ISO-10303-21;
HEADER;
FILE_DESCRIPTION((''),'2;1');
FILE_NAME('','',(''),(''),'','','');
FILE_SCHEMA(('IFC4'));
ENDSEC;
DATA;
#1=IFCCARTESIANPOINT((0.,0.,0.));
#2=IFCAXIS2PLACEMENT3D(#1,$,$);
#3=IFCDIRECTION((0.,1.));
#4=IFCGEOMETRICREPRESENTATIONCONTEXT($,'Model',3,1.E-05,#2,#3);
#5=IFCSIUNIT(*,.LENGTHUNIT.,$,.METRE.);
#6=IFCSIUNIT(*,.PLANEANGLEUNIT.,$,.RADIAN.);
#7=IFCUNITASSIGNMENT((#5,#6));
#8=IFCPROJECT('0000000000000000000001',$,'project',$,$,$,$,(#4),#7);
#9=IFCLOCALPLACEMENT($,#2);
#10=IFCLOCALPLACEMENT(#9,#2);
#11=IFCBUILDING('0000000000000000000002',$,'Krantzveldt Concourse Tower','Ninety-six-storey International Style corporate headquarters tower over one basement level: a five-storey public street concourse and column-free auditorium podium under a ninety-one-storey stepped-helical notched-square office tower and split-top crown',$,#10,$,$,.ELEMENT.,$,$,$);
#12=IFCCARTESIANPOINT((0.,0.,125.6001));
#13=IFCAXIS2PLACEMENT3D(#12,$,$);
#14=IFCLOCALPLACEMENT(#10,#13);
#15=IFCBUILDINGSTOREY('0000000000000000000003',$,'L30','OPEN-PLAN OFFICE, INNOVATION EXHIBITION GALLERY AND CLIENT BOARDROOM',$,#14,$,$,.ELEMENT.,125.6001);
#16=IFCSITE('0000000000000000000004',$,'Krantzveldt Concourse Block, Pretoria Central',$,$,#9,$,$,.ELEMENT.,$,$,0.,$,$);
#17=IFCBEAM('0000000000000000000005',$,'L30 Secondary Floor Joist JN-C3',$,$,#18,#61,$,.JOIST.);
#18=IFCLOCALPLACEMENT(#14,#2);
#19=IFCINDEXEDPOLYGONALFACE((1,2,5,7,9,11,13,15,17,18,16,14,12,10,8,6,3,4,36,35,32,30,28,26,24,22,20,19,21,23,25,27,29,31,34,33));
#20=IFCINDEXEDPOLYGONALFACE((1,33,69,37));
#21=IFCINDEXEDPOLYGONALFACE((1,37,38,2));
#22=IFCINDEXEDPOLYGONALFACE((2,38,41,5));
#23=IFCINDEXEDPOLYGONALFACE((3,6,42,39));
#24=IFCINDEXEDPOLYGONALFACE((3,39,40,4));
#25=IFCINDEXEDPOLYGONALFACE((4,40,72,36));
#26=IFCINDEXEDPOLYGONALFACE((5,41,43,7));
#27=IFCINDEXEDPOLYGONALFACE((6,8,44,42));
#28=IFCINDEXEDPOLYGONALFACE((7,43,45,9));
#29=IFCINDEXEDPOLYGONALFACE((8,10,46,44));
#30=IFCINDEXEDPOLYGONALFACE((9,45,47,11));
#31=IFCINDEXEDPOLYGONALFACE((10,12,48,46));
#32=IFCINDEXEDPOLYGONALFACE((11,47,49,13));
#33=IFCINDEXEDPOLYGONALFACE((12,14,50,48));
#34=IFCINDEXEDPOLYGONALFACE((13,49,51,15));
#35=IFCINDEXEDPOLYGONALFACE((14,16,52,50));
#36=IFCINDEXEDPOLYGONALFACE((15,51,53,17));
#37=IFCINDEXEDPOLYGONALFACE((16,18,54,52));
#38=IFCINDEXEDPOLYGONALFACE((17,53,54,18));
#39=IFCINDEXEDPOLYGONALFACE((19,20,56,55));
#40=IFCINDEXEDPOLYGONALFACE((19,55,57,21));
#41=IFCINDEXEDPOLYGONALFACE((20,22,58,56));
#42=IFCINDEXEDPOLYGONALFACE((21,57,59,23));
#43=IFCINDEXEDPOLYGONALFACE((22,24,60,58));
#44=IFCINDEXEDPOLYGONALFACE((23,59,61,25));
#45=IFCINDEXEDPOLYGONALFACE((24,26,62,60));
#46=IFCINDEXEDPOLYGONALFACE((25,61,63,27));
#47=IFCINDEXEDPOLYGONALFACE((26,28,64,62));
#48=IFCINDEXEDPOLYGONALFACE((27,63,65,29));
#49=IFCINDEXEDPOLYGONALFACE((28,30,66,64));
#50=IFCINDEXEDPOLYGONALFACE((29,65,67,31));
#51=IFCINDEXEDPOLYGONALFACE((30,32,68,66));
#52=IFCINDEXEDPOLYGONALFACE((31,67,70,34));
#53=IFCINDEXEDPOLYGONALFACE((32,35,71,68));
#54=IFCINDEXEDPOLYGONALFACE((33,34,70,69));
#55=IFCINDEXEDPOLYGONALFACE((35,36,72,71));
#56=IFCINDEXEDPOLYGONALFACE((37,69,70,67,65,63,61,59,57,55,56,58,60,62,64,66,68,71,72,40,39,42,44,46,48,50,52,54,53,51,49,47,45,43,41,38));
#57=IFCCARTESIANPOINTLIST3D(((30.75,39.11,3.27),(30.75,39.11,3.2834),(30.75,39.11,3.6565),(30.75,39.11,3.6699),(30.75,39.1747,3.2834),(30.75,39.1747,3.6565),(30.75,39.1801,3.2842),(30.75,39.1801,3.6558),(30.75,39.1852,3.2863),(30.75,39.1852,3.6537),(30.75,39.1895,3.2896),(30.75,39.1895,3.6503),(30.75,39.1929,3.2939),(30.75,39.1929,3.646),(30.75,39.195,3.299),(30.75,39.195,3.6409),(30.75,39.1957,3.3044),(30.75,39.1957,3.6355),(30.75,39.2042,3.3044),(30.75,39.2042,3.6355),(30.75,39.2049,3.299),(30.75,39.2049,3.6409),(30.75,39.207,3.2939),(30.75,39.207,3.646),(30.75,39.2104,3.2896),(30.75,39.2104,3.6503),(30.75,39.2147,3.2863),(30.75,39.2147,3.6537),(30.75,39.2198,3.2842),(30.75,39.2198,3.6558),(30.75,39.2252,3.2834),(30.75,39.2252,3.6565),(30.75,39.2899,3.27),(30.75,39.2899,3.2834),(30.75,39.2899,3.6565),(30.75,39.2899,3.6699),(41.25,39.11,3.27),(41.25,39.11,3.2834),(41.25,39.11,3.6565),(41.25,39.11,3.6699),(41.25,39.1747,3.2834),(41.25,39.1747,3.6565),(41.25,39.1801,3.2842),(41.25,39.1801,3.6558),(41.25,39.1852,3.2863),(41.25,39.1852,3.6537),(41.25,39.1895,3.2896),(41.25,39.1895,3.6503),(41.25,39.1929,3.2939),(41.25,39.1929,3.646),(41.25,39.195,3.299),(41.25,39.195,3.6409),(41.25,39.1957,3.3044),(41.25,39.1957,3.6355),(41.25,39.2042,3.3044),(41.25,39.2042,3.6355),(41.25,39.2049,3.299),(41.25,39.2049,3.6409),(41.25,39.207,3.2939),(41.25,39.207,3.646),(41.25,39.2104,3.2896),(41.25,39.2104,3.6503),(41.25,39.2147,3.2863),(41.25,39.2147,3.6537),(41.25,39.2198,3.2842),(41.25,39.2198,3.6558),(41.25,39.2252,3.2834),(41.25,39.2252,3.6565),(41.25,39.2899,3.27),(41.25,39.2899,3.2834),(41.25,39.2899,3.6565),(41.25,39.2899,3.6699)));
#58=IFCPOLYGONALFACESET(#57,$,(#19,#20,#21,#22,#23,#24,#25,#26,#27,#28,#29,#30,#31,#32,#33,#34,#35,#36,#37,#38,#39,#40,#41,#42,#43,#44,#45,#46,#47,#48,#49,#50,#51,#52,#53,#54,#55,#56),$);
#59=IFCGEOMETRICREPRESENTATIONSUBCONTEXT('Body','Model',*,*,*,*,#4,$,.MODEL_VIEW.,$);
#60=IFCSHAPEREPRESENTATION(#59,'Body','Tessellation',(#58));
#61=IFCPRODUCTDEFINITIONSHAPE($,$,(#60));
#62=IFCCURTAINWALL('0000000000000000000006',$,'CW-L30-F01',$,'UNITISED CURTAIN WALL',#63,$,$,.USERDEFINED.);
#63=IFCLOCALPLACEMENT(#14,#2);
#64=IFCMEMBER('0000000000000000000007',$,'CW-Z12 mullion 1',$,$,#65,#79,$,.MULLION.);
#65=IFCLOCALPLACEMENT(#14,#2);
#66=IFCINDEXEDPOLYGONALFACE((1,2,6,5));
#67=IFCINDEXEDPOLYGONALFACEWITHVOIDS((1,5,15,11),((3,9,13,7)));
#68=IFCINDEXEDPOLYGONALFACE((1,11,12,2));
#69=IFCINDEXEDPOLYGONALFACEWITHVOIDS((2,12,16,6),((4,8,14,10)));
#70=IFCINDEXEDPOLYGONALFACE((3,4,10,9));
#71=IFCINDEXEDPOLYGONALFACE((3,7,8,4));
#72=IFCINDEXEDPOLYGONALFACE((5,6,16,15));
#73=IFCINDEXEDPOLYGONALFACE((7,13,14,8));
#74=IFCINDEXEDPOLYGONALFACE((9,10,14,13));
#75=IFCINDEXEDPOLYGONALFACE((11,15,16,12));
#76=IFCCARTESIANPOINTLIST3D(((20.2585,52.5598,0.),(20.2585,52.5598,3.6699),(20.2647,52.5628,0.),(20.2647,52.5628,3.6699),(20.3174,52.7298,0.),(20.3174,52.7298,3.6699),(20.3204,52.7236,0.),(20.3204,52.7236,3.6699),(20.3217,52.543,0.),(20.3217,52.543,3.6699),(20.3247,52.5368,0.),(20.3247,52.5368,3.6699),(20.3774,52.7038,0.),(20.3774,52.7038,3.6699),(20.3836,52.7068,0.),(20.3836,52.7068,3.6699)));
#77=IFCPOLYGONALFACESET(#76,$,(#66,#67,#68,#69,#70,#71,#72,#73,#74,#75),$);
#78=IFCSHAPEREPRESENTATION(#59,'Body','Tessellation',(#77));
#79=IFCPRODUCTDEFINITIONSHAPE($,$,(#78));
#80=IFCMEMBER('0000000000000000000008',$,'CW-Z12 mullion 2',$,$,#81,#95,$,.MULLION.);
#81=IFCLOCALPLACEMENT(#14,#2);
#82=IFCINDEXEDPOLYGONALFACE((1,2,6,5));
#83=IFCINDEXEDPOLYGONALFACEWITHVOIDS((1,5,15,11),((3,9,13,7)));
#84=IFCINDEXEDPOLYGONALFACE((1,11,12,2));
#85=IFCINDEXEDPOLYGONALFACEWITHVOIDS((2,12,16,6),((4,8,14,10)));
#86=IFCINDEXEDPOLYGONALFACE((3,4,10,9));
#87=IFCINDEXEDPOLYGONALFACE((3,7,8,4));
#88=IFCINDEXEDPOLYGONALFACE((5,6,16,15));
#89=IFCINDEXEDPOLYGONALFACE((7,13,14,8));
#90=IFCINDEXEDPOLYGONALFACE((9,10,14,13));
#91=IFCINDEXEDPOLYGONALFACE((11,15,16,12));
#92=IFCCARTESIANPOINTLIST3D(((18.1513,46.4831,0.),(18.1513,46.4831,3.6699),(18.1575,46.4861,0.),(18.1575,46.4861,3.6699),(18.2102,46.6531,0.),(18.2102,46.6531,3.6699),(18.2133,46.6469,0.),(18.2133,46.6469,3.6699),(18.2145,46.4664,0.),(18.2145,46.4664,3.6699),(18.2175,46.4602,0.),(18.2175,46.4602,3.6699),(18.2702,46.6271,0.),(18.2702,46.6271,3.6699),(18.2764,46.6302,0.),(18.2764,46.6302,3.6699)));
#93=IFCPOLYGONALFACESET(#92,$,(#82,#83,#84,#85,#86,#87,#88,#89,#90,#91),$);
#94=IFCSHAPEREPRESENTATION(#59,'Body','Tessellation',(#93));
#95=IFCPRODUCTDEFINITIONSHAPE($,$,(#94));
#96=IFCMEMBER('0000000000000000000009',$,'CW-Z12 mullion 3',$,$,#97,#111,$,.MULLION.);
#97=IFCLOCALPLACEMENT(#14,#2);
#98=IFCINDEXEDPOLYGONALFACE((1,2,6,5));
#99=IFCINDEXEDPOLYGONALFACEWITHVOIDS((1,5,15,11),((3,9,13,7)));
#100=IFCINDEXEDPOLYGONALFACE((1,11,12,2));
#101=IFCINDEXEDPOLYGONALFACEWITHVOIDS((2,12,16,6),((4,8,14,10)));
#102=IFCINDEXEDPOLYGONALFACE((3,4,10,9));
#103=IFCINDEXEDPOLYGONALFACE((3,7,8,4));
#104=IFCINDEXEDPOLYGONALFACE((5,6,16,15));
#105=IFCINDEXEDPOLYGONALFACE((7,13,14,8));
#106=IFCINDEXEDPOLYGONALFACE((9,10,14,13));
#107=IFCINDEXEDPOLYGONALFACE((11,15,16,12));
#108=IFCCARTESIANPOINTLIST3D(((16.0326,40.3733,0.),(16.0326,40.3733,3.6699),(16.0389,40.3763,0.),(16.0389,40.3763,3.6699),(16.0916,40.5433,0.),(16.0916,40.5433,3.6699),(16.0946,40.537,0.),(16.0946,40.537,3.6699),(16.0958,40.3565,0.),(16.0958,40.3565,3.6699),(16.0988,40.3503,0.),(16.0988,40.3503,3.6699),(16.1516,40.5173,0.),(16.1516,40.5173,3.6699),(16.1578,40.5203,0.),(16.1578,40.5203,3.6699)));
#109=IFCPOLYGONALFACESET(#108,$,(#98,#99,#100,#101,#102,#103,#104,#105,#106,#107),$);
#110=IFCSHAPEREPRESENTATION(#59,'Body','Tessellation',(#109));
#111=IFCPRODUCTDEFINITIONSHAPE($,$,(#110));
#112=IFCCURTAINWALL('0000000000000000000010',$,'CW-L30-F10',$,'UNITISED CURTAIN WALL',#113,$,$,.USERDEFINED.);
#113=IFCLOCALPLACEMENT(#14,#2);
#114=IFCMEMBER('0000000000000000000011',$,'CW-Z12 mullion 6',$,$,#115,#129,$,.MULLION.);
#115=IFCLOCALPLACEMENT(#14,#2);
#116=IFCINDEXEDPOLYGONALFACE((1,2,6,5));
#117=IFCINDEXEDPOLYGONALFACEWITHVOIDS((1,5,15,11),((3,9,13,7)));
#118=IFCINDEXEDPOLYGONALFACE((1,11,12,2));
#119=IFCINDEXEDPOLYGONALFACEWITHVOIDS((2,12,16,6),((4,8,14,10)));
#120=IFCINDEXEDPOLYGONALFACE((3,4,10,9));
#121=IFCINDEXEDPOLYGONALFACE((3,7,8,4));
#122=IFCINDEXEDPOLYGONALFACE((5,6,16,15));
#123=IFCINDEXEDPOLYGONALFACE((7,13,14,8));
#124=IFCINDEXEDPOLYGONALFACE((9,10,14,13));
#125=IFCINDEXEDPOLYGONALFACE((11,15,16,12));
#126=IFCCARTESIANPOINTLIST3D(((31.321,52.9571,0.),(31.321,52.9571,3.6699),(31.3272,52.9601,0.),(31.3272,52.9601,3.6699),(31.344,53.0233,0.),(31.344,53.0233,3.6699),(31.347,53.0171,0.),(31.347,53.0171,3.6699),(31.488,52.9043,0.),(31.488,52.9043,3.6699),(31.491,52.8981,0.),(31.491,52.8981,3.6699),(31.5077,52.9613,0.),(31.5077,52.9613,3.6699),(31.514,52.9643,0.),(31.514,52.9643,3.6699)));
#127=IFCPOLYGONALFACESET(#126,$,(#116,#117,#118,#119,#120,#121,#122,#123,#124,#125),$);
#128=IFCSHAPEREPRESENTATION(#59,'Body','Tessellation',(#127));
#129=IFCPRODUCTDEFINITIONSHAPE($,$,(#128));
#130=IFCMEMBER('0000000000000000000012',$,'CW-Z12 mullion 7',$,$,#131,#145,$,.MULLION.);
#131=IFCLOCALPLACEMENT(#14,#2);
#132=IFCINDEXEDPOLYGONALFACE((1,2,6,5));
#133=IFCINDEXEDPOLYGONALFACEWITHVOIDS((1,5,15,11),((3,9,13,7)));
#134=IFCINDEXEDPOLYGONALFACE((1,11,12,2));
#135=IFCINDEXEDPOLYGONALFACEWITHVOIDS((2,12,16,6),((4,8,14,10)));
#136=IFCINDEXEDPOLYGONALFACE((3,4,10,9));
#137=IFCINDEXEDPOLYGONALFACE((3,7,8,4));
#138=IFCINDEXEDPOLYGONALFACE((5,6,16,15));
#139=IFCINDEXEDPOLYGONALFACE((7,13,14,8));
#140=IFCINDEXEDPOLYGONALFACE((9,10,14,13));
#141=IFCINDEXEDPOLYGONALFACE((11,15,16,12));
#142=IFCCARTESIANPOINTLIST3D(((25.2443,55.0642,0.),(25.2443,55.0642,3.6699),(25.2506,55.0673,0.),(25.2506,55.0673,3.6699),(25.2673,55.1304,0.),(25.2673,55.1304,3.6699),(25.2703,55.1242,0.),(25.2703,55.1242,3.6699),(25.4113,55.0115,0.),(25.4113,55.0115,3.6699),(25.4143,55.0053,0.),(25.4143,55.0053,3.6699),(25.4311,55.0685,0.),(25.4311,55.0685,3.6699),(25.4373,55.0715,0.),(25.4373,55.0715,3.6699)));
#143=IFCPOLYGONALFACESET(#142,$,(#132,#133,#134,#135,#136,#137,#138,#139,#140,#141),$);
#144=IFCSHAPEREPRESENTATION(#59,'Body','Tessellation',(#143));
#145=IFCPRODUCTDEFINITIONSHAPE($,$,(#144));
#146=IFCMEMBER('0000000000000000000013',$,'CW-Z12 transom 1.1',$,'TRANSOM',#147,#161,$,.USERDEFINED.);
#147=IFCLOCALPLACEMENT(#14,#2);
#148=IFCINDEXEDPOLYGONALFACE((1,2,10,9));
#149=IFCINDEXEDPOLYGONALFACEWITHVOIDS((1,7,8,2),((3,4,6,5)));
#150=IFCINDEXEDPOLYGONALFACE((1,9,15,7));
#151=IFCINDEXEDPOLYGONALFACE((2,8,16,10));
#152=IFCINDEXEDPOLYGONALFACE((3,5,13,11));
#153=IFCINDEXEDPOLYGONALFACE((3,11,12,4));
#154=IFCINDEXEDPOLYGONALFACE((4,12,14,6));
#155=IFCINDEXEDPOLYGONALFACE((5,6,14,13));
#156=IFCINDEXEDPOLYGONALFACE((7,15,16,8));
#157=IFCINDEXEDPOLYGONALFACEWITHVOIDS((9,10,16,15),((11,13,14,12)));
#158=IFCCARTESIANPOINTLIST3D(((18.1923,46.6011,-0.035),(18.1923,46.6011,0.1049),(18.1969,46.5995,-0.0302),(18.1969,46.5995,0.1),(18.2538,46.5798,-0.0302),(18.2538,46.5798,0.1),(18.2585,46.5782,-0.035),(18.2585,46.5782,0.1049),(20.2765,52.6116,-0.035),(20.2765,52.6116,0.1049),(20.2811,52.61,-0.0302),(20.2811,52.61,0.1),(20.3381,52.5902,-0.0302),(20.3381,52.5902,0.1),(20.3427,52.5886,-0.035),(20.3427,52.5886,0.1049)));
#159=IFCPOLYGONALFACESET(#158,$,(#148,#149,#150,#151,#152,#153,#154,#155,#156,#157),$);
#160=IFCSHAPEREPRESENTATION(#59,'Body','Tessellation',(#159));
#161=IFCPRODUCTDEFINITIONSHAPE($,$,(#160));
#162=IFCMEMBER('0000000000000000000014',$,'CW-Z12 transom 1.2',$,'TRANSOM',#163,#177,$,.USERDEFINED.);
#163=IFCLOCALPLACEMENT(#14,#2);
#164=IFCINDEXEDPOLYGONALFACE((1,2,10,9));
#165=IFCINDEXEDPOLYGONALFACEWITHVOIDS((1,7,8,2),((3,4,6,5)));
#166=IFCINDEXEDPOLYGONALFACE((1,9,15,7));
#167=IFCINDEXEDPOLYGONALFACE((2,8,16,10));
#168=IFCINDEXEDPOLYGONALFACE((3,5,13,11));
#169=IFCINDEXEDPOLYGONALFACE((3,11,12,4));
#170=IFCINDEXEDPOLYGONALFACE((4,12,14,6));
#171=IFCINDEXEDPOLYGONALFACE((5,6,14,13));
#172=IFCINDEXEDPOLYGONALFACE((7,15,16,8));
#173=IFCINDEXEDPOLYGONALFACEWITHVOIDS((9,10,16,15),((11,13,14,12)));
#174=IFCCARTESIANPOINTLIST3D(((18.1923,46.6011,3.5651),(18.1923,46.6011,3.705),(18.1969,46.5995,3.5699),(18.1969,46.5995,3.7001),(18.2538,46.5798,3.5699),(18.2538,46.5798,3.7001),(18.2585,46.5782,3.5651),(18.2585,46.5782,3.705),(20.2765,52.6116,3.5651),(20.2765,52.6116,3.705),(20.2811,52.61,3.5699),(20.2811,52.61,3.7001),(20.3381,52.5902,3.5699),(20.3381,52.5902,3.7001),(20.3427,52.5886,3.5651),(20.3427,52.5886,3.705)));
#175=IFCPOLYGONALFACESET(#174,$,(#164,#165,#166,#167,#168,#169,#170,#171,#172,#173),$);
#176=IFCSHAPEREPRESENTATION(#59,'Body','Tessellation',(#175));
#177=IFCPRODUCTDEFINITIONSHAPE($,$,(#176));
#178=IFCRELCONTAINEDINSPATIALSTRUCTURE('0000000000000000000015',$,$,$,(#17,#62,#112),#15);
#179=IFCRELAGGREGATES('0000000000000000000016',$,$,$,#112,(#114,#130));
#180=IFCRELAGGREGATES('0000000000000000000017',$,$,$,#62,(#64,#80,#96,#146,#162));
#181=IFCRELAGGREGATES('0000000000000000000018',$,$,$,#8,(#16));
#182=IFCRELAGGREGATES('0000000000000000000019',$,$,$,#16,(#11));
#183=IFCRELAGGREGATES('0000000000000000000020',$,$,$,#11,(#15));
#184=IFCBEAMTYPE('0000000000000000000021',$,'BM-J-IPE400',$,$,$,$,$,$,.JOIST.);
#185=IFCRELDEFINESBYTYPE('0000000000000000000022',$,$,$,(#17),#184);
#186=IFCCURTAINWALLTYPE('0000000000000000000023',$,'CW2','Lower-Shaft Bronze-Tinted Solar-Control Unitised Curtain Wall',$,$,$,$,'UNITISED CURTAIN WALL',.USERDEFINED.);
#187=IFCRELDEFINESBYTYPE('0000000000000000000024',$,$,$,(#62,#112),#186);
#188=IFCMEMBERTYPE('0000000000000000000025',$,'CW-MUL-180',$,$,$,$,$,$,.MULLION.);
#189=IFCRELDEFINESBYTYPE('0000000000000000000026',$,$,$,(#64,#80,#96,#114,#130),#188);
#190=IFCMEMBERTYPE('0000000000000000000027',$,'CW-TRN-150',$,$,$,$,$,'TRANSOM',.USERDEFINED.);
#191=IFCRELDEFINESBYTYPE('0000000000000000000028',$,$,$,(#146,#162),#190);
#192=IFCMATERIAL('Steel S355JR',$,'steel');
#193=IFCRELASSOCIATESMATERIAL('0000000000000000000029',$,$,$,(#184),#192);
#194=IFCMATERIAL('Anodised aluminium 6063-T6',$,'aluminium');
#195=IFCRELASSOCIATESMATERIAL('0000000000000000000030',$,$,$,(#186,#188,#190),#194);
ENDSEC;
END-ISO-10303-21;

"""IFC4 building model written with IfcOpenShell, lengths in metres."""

from ifc_helpers import new_model, si_unit, direction, frame, origin, origin_2d, place, context, subcontext, project, spatial, hollow_rectangle, i_section, extrude, source, transform, mapped, material, material_profile, profile_set, type_object, type_shapes, element, aggregate, save


model = new_model("IFC4")

# Units and contexts
model_context = context("Model", 3, precision=1e-05, world=origin(), true_north=direction((0.0, 1.0)))
body_context = subcontext(model_context, "Body", "Model", "MODEL_VIEW")
ifc_project = project(units=[si_unit("LENGTHUNIT", "METRE"), si_unit("PLANEANGLEUNIT", "RADIAN")], contexts=[model_context])

# Site, building, storey
site_placement = place(None, origin())
site = spatial("IfcSite", under=ifc_project, at=site_placement, Name="Krantzveldt Concourse Block, Pretoria Central", CompositionType="ELEMENT", RefElevation=0.0)
building_placement = place(site_placement, origin())
building = spatial("IfcBuilding", under=site, at=building_placement, Name="Krantzveldt Concourse Tower", Description="Ninety-six-storey International Style corporate headquarters tower over one basement level: a five-storey public street concourse and column-free auditorium podium under a ninety-one-storey stepped-helical notched-square office tower and split-top crown", CompositionType="ELEMENT")
storey_placement = place(building_placement, frame((0.0, 0.0, 125.6001)))
storey = spatial("IfcBuildingStorey", under=building, at=storey_placement, Name="L30", Description="OPEN-PLAN OFFICE, INNOVATION EXHIBITION GALLERY AND CLIENT BOARDROOM", CompositionType="ELEMENT", Elevation=125.6001)

# Beam
ifc_material_1 = material(Name="Steel S355JR", Category="steel")
ifc_material_profile_1 = material_profile(ifc_material_1, i_section(OverallWidth=0.1799, OverallDepth=0.3999, WebThickness=0.0085, FlangeThickness=0.0134, FilletRadius=0.021, at=origin_2d()), Name="Steel S355JR", Category="steel")
ifc_profile_set_1 = profile_set([ifc_material_profile_1], Name="Steel S355JR - IPE 400")
beam_type_1 = type_object("IfcBeamType", Name="BM-J-IPE400", PredefinedType="JOIST", material=ifc_profile_set_1)
shared_shape_1 = source(origin(), body_context, "Body", "SweptSolid", [
    extrude(i_section(OverallWidth=0.1799, OverallDepth=0.3999, WebThickness=0.0085, FlangeThickness=0.0134, FilletRadius=0.021, at=origin_2d()), origin(), (0.0, 0.0, 1.0), 10.5),
])
type_shapes(beam_type_1, [shared_shape_1])
beam_1_placement = place(storey_placement, frame((30.75, 39.2, 3.47), z_axis=(1.0, 0.0, 0.0), x_axis=(0.0, 1.0, 0.0)))
element("IfcBeam", 1, at=beam_1_placement, inside=storey, type_object=beam_type_1, Name="L30 Secondary Floor Joist JN-C3", PredefinedType="JOIST", context=body_context, shape_type="MappedRepresentation", body=[
    mapped(shared_shape_1, transform((0.0, 0.0, 0.0), x_axis=(1.0, 0.0, 0.0), y_axis=(0.0, 1.0, 0.0), z_axis=(0.0, 0.0, 1.0), scale=1.0)),
])

# Curtain walls, members
ifc_material_2 = material(Name="Anodised aluminium 6063-T6", Category="aluminium")
curtain_wall_type = type_object("IfcCurtainWallType", Name="CW2", Description="Lower-Shaft Bronze-Tinted Solar-Control Unitised Curtain Wall", ElementType="UNITISED CURTAIN WALL", PredefinedType="USERDEFINED", material=ifc_material_2)
curtain_wall_1_placement = place(storey_placement, origin())
curtain_wall_1 = element("IfcCurtainWall", 2, at=curtain_wall_1_placement, inside=storey, type_object=curtain_wall_type, Name="CW-L30-F01", ObjectType="UNITISED CURTAIN WALL", PredefinedType="USERDEFINED")
ifc_material_profile_2 = material_profile(ifc_material_2, hollow_rectangle(XDim=0.0701, YDim=0.1799, WallThickness=0.0049, at=origin_2d()), Name="Anodised aluminium 6063-T6", Category="aluminium")
ifc_profile_set_2 = profile_set([ifc_material_profile_2], Name="Anodised aluminium 6063-T6 - ALU-MULL 180x70x5")
member_type_1 = type_object("IfcMemberType", Name="CW-MUL-180", PredefinedType="MULLION", material=ifc_profile_set_2)
shared_shape_2 = source(origin(), body_context, "Body", "SweptSolid", [
    extrude(hollow_rectangle(XDim=0.0701, YDim=0.1799, WallThickness=0.0049, at=origin_2d()), origin(), (0.0, 0.0, 1.0), 3.6699),
])
type_shapes(member_type_1, [shared_shape_2])
member_1_placement = place(storey_placement, frame((20.321, 52.6333, 0.0), z_axis=(0.0, 0.0, 1.0), x_axis=(0.944806, -0.32763, 0.0)))
member_1 = element("IfcMember", 3, at=member_1_placement, type_object=member_type_1, Name="CW-Z12 mullion 1", PredefinedType="MULLION", context=body_context, shape_type="MappedRepresentation", body=[
    mapped(shared_shape_2, transform((0.0, 0.0, 0.0), x_axis=(1.0, 0.0, 0.0), y_axis=(0.0, 1.0, 0.0), z_axis=(0.0, 0.0, 1.0), scale=1.0)),
])
member_2_placement = place(storey_placement, frame((18.2139, 46.5566, 0.0), z_axis=(0.0, 0.0, 1.0), x_axis=(0.944806, -0.32763, 0.0)))
member_2 = element("IfcMember", 4, at=member_2_placement, type_object=member_type_1, Name="CW-Z12 mullion 2", PredefinedType="MULLION", context=body_context, shape_type="MappedRepresentation", body=[
    mapped(shared_shape_2, transform((0.0, 0.0, 0.0), x_axis=(1.0, 0.0, 0.0), y_axis=(0.0, 1.0, 0.0), z_axis=(0.0, 0.0, 1.0), scale=1.0)),
])
member_3_placement = place(storey_placement, frame((16.0952, 40.4468, 0.0), z_axis=(0.0, 0.0, 1.0), x_axis=(0.944806, -0.32763, 0.0)))
member_3 = element("IfcMember", 5, at=member_3_placement, type_object=member_type_1, Name="CW-Z12 mullion 3", PredefinedType="MULLION", context=body_context, shape_type="MappedRepresentation", body=[
    mapped(shared_shape_2, transform((0.0, 0.0, 0.0), x_axis=(1.0, 0.0, 0.0), y_axis=(0.0, 1.0, 0.0), z_axis=(0.0, 0.0, 1.0), scale=1.0)),
])
curtain_wall_2_placement = place(storey_placement, origin())
curtain_wall_2 = element("IfcCurtainWall", 6, at=curtain_wall_2_placement, inside=storey, type_object=curtain_wall_type, Name="CW-L30-F10", ObjectType="UNITISED CURTAIN WALL", PredefinedType="USERDEFINED")
member_4_placement = place(storey_placement, frame((31.4175, 52.9607, 0.0), z_axis=(0.0, 0.0, 1.0), x_axis=(-0.32763, -0.944806, 0.0)))
member_4 = element("IfcMember", 7, at=member_4_placement, type_object=member_type_1, Name="CW-Z12 mullion 6", PredefinedType="MULLION", context=body_context, shape_type="MappedRepresentation", body=[
    mapped(shared_shape_2, transform((0.0, 0.0, 0.0), x_axis=(1.0, 0.0, 0.0), y_axis=(0.0, 1.0, 0.0), z_axis=(0.0, 0.0, 1.0), scale=1.0)),
])
member_5_placement = place(storey_placement, frame((25.3408, 55.0679, 0.0), z_axis=(0.0, 0.0, 1.0), x_axis=(-0.32763, -0.944806, 0.0)))
member_5 = element("IfcMember", 8, at=member_5_placement, type_object=member_type_1, Name="CW-Z12 mullion 7", PredefinedType="MULLION", context=body_context, shape_type="MappedRepresentation", body=[
    mapped(shared_shape_2, transform((0.0, 0.0, 0.0), x_axis=(1.0, 0.0, 0.0), y_axis=(0.0, 1.0, 0.0), z_axis=(0.0, 0.0, 1.0), scale=1.0)),
])

# Members
ifc_material_profile_3 = material_profile(ifc_material_2, hollow_rectangle(XDim=0.0701, YDim=0.1399, WallThickness=0.0049, at=origin_2d()), Name="Anodised aluminium 6063-T6", Category="aluminium")
ifc_profile_set_3 = profile_set([ifc_material_profile_3], Name="Anodised aluminium 6063-T6 - ALU-TRAN 140x70x5")
member_type_2 = type_object("IfcMemberType", Name="CW-TRN-150", ElementType="TRANSOM", PredefinedType="USERDEFINED", material=ifc_profile_set_3)
shared_shape_3 = source(origin(), body_context, "Body", "SweptSolid", [
    extrude(hollow_rectangle(XDim=0.0701, YDim=0.1399, WallThickness=0.0049, at=origin_2d()), origin(), (0.0, 0.0, 1.0), 6.3616),
])
member_6_placement = place(storey_placement, frame((20.3096, 52.6001, 0.0349), z_axis=(-0.327626, -0.944808, 0.0), x_axis=(0.944808, -0.327626, 0.0)))
member_6 = element("IfcMember", 9, at=member_6_placement, type_object=member_type_2, Name="CW-Z12 transom 1.1", ObjectType="TRANSOM", PredefinedType="USERDEFINED", context=body_context, shape_type="MappedRepresentation", body=[
    mapped(shared_shape_3, transform((0.0, 0.0, 0.0), x_axis=(1.0, 0.0, 0.0), y_axis=(0.0, 1.0, 0.0), z_axis=(0.0, 0.0, 1.0), scale=1.0)),
])
member_7_placement = place(storey_placement, frame((20.3096, 52.6001, 3.635), z_axis=(-0.327626, -0.944808, 0.0), x_axis=(0.944808, -0.327626, 0.0)))
member_7 = element("IfcMember", 10, at=member_7_placement, type_object=member_type_2, Name="CW-Z12 transom 1.2", ObjectType="TRANSOM", PredefinedType="USERDEFINED", context=body_context, shape_type="MappedRepresentation", body=[
    mapped(shared_shape_3, transform((0.0, 0.0, 0.0), x_axis=(1.0, 0.0, 0.0), y_axis=(0.0, 1.0, 0.0), z_axis=(0.0, 0.0, 1.0), scale=1.0)),
])

aggregate(curtain_wall_2, [member_4, member_5])
aggregate(curtain_wall_1, [member_1, member_2, member_3, member_6, member_7])

save(model, "model.ifc")
